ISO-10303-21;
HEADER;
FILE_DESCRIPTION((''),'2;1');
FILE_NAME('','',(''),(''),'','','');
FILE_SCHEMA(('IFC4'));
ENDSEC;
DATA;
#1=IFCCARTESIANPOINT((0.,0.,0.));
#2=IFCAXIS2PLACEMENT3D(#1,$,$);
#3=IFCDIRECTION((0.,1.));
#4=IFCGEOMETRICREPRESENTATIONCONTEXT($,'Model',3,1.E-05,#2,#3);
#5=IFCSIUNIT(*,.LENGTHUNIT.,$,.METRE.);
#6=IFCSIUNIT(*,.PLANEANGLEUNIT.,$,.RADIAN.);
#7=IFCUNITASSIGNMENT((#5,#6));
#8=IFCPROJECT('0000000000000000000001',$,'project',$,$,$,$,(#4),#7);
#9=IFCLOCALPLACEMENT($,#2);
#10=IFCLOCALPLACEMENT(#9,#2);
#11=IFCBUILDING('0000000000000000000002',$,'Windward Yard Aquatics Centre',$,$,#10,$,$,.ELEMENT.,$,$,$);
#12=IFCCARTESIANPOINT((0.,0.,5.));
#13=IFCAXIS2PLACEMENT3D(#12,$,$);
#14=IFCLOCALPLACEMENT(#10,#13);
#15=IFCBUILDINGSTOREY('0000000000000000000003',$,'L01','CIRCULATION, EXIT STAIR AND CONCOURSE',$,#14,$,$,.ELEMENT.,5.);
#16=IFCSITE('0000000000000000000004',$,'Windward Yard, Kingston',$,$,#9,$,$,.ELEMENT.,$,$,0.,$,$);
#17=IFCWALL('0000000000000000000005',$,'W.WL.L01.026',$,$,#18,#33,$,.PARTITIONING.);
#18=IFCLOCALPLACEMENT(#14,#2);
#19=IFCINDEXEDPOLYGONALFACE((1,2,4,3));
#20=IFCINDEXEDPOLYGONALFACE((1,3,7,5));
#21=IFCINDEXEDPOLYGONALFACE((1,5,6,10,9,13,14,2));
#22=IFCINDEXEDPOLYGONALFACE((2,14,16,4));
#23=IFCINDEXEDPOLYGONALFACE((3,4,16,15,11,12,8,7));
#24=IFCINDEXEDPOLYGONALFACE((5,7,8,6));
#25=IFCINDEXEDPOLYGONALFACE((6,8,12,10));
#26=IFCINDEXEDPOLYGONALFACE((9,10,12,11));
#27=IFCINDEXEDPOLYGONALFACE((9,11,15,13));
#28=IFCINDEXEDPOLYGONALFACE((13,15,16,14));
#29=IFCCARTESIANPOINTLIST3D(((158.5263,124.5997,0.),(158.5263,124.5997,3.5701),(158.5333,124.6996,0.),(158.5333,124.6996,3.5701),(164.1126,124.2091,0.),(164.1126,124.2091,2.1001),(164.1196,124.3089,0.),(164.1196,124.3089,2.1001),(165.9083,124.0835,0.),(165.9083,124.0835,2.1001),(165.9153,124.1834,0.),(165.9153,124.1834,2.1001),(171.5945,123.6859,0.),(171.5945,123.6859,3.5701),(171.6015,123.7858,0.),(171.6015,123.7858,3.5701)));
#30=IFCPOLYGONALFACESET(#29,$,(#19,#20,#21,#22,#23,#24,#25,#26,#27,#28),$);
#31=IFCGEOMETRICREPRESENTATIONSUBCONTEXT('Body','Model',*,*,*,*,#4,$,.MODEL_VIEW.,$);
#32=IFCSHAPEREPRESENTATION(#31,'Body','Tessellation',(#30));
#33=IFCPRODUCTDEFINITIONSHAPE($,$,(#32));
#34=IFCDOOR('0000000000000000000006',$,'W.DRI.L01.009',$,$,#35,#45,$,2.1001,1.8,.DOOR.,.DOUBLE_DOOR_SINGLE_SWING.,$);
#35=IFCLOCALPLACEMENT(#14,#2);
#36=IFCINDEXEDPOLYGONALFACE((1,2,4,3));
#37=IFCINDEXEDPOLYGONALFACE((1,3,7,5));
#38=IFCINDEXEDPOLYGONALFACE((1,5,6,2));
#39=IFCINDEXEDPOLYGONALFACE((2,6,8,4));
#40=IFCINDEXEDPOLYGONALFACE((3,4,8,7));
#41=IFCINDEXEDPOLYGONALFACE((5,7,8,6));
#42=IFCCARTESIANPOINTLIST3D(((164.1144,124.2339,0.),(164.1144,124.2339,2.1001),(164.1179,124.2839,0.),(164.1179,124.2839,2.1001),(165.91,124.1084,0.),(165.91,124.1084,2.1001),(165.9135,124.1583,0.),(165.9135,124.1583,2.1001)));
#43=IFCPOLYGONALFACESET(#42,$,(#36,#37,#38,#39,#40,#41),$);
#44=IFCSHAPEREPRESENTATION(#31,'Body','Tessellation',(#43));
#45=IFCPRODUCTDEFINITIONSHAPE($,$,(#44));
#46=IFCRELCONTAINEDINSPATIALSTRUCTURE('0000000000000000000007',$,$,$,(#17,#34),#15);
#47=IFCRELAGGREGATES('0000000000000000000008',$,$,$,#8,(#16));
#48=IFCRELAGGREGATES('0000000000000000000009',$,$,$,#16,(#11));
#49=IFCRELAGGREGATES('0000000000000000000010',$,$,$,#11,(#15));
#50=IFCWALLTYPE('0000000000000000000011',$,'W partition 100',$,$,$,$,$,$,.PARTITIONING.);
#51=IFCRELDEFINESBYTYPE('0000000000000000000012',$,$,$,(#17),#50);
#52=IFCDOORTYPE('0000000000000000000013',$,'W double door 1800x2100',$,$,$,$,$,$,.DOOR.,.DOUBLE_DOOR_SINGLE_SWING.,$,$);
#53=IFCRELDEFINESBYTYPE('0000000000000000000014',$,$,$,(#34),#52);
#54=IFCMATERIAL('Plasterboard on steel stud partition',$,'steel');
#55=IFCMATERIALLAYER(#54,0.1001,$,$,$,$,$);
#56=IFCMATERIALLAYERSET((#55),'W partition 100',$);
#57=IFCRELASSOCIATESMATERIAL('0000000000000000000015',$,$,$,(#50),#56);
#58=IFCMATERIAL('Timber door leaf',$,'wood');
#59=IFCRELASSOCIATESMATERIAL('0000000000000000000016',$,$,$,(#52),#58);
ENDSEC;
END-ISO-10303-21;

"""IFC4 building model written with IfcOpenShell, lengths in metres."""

from ifc_helpers import new_model, si_unit, direction, frame, frame_2d, origin, place, context, subcontext, project, spatial, rectangle, extrude, material, layer, layer_set, type_object, element, fill, save


model = new_model("IFC4")

# Units and contexts
model_context = context("Model", 3, precision=1e-05, world=origin(), true_north=direction((0.0, 1.0)))
body_context = subcontext(model_context, "Body", "Model", "MODEL_VIEW")
ifc_project = project(units=[si_unit("LENGTHUNIT", "METRE"), si_unit("PLANEANGLEUNIT", "RADIAN")], contexts=[model_context])

# Site, building, storey
site_placement = place(None, origin())
site = spatial("IfcSite", under=ifc_project, at=site_placement, Name="Windward Yard, Kingston", CompositionType="ELEMENT", RefElevation=0.0)
building_placement = place(site_placement, origin())
building = spatial("IfcBuilding", under=site, at=building_placement, Name="Windward Yard Aquatics Centre", CompositionType="ELEMENT")
storey_placement = place(building_placement, frame((0.0, 0.0, 5.0)))
storey = spatial("IfcBuildingStorey", under=building, at=storey_placement, Name="L01", Description="CIRCULATION, EXIT STAIR AND CONCOURSE", CompositionType="ELEMENT", Elevation=5.0)

# Wall, opening, door
ifc_material_1 = material(Name="Plasterboard on steel stud partition", Category="steel")
ifc_layer_1 = layer(ifc_material_1, 0.1001)
ifc_layer_set_1 = layer_set([ifc_layer_1], Name="W partition 100")
wall_type_1 = type_object("IfcWallType", Name="W partition 100", PredefinedType="PARTITIONING", material=ifc_layer_set_1)
wall_1_placement = place(storey_placement, frame((158.5298, 124.6497, 0.0), z_axis=(0.0, 0.0, 1.0), x_axis=(0.997564, -0.069757, 0.0)))
wall_1 = element("IfcWall", 1, at=wall_1_placement, inside=storey, type_object=wall_type_1, Name="W.WL.L01.026", PredefinedType="PARTITIONING", context=body_context, shape_type="SweptSolid", body=[
    extrude(rectangle(XDim=13.1001, YDim=0.1001, at=frame_2d((6.55, 0.0))), origin(), (0.0, 0.0, 1.0), 3.5701),
])
opening_1_placement = place(wall_1_placement, frame((5.6001, 0.0, 0.0)))
opening_1 = element("IfcOpeningElement", 2, at=opening_1_placement, cuts=wall_1, PredefinedType="OPENING", context=body_context, shape_type="SweptSolid", body=[
    extrude(rectangle(XDim=1.8, YDim=2.1001, at=frame_2d((0.8999, 1.05))), frame((0.0, 0.0601, 0.0), z_axis=(0.0, -1.0, 0.0), x_axis=(1.0, 0.0, 0.0)), (0.0, 0.0, 1.0), 0.1201),
])
ifc_material_2 = material(Name="Timber door leaf", Category="wood")
door_type_1 = type_object("IfcDoorType", Name="W double door 1800x2100", OperationType="DOUBLE_DOOR_SINGLE_SWING", PredefinedType="DOOR", material=ifc_material_2)
door_1_placement = place(opening_1_placement, origin())
door_1 = element("IfcDoor", 3, at=door_1_placement, inside=storey, type_object=door_type_1, Name="W.DRI.L01.009", OperationType="DOUBLE_DOOR_SINGLE_SWING", OverallHeight=2.1001, OverallWidth=1.8, PredefinedType="DOOR", context=body_context, shape_type="SweptSolid", body=[
    extrude(rectangle(XDim=1.8, YDim=2.1001, at=frame_2d((0.8999, 1.05))), frame((0.0, 0.0249, 0.0), z_axis=(0.0, -1.0, 0.0), x_axis=(1.0, 0.0, 0.0)), (0.0, 0.0, 1.0), 0.05),
])
fill(opening_1, door_1)

save(model, "model.ifc")
